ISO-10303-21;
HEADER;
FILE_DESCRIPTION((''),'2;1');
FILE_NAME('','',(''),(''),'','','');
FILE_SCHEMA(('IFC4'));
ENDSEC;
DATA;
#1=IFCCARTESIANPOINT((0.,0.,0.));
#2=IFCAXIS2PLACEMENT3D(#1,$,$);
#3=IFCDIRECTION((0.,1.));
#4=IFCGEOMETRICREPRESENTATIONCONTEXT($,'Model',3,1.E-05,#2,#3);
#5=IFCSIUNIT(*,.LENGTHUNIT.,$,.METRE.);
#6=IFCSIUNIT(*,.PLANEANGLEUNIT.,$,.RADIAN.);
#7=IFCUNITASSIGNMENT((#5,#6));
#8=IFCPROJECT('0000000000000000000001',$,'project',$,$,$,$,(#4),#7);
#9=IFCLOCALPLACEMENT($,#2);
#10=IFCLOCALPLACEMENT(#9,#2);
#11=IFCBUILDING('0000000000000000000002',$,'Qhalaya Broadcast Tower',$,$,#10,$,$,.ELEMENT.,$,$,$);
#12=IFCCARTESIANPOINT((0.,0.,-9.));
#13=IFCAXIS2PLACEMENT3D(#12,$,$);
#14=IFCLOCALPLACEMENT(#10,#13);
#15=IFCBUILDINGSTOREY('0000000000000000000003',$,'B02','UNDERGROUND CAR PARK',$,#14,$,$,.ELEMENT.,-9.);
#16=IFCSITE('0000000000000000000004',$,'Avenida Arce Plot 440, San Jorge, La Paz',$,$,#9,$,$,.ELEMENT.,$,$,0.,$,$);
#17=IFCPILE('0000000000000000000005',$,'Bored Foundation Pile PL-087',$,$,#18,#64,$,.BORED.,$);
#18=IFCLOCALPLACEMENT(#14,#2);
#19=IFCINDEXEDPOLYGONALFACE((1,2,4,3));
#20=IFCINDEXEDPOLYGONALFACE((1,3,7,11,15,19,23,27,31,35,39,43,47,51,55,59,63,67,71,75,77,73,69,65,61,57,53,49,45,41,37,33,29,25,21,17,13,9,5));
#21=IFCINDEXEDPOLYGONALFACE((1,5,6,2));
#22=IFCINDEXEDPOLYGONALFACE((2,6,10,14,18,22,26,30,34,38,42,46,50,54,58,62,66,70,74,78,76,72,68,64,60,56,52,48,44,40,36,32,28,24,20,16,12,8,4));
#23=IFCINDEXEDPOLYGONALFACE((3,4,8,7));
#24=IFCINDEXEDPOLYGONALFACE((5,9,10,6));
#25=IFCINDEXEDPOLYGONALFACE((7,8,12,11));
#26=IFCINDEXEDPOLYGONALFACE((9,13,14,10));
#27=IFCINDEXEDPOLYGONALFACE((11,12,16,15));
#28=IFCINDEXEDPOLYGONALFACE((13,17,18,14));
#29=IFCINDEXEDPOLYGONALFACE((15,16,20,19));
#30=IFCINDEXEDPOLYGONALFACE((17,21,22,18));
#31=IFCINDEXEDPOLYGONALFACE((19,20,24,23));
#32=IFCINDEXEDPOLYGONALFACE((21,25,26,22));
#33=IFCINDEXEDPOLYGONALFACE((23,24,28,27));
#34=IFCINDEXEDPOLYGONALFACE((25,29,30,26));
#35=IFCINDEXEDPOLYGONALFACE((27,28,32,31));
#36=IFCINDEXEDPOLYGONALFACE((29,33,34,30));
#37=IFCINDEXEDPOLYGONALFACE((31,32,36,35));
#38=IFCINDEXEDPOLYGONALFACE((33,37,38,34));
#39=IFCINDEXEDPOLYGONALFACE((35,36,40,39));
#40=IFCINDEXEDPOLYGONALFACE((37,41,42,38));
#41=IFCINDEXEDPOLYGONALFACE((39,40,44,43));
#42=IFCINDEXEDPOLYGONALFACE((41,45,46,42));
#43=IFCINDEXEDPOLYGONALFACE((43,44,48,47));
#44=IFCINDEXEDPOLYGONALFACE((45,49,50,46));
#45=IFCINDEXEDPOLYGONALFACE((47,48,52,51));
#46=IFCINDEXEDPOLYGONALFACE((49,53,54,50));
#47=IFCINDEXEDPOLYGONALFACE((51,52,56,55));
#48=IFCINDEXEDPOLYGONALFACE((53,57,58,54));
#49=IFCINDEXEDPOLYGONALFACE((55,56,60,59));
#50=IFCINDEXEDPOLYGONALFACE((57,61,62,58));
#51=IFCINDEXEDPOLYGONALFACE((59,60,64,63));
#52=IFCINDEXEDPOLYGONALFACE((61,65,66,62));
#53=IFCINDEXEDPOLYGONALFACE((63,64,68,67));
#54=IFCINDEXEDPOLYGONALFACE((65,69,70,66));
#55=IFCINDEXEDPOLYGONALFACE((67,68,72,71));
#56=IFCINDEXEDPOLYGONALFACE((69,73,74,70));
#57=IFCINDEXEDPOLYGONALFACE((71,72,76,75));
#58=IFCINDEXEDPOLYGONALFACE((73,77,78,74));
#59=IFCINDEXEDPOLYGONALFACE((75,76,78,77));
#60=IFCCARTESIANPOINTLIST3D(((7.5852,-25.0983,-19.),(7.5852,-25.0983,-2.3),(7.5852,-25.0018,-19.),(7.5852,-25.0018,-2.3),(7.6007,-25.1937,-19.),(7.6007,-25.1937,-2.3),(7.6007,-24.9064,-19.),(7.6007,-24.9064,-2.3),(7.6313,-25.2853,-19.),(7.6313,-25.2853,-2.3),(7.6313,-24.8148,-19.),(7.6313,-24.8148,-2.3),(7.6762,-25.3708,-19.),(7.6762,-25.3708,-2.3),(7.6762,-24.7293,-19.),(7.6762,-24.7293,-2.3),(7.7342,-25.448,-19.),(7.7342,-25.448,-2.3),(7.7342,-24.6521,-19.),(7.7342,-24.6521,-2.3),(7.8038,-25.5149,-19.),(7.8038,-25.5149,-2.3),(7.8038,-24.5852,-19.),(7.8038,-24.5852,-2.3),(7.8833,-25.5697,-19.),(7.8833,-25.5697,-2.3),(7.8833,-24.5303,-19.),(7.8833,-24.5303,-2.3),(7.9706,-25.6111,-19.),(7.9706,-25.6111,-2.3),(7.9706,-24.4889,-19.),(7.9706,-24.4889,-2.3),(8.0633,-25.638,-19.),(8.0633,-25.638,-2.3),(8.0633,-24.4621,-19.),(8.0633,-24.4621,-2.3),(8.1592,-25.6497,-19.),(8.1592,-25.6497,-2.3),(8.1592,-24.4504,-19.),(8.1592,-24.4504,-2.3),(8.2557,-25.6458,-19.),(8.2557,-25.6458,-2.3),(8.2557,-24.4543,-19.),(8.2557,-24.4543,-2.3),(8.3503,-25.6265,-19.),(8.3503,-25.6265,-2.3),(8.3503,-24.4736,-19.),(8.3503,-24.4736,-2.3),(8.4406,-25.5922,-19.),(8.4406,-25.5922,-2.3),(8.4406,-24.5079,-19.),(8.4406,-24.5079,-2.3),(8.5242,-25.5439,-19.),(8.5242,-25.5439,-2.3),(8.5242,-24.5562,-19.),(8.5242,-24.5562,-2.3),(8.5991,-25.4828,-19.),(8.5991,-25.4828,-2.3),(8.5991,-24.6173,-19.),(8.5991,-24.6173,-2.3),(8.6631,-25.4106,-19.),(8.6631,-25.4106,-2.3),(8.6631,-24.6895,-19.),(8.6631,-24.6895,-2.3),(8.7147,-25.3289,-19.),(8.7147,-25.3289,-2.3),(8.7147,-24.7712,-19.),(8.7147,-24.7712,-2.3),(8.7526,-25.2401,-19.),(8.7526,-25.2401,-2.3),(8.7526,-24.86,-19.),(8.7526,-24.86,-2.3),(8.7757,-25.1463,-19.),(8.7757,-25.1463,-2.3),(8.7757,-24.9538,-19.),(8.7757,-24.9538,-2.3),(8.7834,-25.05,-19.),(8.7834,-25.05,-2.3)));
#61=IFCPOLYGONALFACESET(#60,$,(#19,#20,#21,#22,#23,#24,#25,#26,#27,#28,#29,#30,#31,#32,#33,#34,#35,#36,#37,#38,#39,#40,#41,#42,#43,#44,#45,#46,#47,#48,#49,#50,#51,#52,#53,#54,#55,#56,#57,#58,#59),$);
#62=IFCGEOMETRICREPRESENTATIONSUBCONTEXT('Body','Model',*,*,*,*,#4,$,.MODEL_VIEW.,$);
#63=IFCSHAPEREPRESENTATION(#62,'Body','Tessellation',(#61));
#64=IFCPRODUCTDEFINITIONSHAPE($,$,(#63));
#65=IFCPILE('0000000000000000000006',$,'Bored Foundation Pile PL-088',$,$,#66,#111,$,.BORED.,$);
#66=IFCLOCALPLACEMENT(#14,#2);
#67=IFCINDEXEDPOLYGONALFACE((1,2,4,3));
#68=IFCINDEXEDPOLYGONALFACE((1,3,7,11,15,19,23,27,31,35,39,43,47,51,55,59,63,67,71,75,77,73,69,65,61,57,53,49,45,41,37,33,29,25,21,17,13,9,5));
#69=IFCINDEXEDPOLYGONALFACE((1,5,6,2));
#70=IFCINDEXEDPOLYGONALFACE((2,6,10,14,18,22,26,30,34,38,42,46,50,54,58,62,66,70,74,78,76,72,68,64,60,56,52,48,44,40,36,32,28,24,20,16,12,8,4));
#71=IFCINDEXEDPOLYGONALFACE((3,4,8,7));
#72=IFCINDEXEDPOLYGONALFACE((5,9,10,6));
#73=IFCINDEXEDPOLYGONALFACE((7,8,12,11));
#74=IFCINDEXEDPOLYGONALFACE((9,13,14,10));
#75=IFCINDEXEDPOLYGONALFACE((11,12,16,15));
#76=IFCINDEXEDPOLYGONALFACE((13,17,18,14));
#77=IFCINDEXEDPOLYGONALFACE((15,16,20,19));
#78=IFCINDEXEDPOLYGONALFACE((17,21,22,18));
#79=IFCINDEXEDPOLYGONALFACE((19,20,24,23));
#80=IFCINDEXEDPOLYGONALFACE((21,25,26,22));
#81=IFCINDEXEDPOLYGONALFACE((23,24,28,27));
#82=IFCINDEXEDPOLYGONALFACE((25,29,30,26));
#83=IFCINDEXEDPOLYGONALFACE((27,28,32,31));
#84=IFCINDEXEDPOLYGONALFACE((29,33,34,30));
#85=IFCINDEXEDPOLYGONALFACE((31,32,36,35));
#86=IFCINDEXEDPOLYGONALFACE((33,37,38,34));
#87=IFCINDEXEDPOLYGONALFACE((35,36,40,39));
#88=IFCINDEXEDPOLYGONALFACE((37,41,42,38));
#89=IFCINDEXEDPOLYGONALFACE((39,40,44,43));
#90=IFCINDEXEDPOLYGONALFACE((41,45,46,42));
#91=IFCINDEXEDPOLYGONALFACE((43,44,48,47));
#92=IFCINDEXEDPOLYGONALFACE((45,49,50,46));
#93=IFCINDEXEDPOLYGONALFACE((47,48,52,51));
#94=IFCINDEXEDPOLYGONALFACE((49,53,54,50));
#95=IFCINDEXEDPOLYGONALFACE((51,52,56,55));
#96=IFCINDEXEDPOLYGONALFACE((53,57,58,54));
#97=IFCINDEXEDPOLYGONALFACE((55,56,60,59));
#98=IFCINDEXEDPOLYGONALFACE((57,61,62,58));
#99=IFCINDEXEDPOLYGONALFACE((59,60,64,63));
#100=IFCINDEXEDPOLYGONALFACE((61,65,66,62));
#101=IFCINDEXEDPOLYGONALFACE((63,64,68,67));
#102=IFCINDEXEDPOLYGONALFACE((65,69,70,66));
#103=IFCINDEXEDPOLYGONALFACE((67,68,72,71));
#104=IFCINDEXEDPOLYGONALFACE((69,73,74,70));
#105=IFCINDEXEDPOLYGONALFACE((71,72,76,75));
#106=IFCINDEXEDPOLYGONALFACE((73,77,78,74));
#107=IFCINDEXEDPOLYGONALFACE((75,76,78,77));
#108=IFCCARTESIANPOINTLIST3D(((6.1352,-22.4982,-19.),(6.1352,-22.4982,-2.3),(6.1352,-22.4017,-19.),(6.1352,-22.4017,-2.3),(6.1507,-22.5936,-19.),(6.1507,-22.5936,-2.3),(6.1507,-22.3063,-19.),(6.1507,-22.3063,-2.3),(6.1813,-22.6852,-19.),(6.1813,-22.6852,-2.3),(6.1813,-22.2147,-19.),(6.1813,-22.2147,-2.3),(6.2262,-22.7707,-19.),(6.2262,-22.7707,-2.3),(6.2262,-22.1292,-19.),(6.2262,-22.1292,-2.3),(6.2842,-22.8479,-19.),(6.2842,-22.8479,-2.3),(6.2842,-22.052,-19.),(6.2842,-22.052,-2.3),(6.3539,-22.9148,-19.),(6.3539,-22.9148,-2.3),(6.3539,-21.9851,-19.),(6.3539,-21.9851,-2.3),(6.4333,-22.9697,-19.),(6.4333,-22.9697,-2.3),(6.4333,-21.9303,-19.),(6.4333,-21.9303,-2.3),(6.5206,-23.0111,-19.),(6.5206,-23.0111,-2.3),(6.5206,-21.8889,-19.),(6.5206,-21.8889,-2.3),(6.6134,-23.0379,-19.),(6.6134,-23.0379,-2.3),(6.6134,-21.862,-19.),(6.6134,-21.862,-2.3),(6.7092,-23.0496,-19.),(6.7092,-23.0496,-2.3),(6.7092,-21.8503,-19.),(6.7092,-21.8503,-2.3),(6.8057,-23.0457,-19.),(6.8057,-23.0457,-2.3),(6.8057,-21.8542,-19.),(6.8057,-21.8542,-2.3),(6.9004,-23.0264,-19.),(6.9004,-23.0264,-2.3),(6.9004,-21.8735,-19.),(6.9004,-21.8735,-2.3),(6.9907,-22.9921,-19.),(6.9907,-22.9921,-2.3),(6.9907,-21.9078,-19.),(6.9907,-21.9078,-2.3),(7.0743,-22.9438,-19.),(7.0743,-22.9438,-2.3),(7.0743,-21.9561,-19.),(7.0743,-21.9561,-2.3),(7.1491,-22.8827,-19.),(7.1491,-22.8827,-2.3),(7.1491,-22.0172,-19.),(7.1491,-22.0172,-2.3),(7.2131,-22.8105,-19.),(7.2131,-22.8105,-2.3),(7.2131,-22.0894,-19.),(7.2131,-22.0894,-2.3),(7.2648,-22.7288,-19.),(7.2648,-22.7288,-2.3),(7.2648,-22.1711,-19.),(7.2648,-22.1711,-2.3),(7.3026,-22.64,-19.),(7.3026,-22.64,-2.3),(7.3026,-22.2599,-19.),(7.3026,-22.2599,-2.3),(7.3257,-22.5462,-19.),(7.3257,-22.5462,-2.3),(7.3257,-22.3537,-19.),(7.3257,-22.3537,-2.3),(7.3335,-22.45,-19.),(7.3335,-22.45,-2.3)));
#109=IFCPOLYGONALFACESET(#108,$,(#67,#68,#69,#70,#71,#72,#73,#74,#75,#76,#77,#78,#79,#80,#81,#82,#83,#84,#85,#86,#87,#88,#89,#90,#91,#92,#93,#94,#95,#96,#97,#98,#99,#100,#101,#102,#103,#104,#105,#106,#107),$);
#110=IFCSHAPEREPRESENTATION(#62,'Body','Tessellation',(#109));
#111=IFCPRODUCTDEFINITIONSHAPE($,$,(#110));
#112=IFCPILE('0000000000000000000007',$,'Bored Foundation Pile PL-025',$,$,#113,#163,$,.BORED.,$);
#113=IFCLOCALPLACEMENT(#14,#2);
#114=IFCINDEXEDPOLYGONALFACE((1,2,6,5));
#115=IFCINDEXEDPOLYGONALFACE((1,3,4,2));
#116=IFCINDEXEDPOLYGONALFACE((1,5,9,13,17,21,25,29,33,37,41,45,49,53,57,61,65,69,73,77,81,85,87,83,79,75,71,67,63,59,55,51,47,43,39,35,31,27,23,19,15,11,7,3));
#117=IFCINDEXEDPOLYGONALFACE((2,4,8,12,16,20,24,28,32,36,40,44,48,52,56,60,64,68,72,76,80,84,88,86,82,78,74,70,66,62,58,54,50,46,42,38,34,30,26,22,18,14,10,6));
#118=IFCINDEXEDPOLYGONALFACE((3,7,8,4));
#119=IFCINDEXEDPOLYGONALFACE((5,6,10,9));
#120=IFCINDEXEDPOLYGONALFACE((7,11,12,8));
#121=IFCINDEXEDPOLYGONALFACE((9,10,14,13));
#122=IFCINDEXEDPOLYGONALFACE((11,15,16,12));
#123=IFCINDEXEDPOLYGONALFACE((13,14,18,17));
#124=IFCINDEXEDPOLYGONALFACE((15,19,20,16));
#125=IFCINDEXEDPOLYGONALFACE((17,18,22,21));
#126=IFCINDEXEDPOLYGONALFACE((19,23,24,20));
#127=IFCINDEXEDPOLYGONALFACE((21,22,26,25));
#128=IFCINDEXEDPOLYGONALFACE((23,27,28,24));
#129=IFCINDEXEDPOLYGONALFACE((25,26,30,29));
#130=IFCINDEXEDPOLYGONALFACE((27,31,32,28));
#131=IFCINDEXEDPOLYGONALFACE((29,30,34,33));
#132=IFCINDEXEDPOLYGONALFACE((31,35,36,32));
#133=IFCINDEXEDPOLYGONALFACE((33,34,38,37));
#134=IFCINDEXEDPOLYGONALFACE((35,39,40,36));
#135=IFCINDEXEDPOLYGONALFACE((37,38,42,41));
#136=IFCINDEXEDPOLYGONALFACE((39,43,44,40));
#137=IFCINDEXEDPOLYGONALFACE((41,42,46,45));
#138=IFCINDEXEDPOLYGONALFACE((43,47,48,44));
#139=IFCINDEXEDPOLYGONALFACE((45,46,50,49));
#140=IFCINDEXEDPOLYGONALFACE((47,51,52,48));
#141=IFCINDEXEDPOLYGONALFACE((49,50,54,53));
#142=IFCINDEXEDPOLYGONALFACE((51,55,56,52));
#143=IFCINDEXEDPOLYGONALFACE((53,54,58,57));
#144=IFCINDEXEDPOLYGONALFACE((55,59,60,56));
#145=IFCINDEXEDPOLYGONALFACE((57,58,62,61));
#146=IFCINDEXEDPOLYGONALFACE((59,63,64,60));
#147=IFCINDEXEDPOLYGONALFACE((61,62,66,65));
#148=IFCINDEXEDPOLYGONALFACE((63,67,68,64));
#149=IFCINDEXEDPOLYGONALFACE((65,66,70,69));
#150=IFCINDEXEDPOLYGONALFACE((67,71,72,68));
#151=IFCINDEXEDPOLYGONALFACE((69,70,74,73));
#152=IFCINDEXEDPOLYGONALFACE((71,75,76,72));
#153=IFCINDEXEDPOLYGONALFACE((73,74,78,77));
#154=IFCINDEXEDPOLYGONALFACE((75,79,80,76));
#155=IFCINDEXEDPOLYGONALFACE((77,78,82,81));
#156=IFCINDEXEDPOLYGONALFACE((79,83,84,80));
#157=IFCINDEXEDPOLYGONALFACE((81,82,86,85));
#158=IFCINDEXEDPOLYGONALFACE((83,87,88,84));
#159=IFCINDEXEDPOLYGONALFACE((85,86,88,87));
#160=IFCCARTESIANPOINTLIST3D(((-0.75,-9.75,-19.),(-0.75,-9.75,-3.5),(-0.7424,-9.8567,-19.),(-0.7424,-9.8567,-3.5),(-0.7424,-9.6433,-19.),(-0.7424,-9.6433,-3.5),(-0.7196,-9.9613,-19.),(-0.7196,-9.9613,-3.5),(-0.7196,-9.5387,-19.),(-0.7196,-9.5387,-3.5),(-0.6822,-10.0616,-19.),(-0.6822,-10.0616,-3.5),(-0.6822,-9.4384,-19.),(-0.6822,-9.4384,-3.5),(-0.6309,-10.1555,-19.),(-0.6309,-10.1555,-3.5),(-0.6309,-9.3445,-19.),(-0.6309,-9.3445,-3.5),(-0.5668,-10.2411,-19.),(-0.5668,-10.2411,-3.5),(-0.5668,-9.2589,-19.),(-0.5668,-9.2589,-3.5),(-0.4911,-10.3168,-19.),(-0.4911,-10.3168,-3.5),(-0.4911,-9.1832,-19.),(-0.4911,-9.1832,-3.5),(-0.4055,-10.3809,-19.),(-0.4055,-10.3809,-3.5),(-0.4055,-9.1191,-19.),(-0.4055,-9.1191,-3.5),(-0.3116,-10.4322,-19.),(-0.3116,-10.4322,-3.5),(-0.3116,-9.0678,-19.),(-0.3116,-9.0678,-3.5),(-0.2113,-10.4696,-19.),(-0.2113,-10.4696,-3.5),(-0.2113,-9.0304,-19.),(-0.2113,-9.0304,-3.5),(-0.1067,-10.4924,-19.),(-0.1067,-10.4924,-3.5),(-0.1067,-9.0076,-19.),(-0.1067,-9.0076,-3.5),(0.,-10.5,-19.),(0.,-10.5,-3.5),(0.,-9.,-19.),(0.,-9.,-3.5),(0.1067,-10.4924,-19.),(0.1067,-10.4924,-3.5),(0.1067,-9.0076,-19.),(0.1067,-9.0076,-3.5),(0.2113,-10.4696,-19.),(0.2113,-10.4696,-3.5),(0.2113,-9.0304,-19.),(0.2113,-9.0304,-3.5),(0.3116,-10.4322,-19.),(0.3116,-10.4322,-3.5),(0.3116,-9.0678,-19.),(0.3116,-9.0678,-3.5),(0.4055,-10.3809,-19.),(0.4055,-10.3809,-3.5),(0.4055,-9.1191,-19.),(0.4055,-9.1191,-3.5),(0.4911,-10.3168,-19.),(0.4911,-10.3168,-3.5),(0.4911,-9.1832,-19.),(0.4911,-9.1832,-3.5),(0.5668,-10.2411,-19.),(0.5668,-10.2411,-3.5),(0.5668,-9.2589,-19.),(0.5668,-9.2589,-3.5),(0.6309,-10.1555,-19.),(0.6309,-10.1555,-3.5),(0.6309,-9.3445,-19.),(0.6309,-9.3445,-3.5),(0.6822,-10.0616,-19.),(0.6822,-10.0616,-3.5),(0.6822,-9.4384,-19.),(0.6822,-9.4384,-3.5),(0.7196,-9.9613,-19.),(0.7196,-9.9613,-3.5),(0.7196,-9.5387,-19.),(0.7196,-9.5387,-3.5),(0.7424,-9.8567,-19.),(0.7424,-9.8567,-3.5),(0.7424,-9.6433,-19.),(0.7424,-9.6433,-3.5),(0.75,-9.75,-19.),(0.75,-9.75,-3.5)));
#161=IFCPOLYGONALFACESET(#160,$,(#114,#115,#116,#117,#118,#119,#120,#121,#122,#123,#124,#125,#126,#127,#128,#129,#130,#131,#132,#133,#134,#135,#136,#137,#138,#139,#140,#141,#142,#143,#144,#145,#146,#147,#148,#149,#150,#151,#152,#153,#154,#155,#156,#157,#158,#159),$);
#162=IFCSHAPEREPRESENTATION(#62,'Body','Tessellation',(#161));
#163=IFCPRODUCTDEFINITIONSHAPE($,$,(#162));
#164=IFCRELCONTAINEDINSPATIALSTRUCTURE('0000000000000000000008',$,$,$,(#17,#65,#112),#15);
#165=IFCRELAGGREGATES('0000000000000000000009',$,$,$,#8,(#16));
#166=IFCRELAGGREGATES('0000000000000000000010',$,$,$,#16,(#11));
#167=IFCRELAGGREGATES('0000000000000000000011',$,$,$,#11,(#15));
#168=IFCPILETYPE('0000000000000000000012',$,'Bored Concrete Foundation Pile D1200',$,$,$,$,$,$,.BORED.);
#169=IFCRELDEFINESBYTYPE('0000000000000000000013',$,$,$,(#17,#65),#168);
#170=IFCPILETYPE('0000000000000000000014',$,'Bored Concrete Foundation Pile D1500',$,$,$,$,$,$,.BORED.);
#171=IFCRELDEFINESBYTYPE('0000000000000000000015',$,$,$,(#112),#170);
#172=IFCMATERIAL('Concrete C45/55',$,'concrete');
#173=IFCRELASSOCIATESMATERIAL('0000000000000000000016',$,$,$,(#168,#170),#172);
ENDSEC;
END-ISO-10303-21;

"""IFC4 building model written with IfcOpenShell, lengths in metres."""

from ifc_helpers import new_model, si_unit, direction, frame, origin, origin_2d, place, context, subcontext, project, spatial, circle, extrude, material, material_profile, profile_set, type_object, element, save


model = new_model("IFC4")

# Units and contexts
model_context = context("Model", 3, precision=1e-05, world=origin(), true_north=direction((0.0, 1.0)))
body_context = subcontext(model_context, "Body", "Model", "MODEL_VIEW")
ifc_project = project(units=[si_unit("LENGTHUNIT", "METRE"), si_unit("PLANEANGLEUNIT", "RADIAN")], contexts=[model_context])

# Site, building, storey
site_placement = place(None, origin())
site = spatial("IfcSite", under=ifc_project, at=site_placement, Name="Avenida Arce Plot 440, San Jorge, La Paz", CompositionType="ELEMENT", RefElevation=0.0)
building_placement = place(site_placement, origin())
building = spatial("IfcBuilding", under=site, at=building_placement, Name="Qhalaya Broadcast Tower", CompositionType="ELEMENT")
storey_placement = place(building_placement, frame((0.0, 0.0, -9.0)))
storey = spatial("IfcBuildingStorey", under=building, at=storey_placement, Name="B02", Description="UNDERGROUND CAR PARK", CompositionType="ELEMENT", Elevation=-9.0)

# Piles
ifc_material_1 = material(Name="Concrete C45/55", Category="concrete")
ifc_material_profile_1 = material_profile(ifc_material_1, circle(Radius=0.6001, at=origin_2d()), Name="PILE D1200")
ifc_profile_set_1 = profile_set([ifc_material_profile_1], Name="Concrete C45/55")
pile_type_1 = type_object("IfcPileType", Name="Bored Concrete Foundation Pile D1200", PredefinedType="BORED", material=ifc_profile_set_1)
for number, where, z_axis, x_axis, name in (
    (1, (8.1833, -25.05, -2.3), (0.0, 0.0, -1.0), (1.0, 0.0, 0.0), "Bored Foundation Pile PL-087"),
    (2, (6.7334, -22.45, -2.3), (0.0, 0.0, -1.0), (1.0, 0.0, 0.0), "Bored Foundation Pile PL-088"),
):
    element("IfcPile", number, at=place(storey_placement, frame(where, z_axis=z_axis, x_axis=x_axis)), inside=storey, type_object=pile_type_1, Name=name, PredefinedType="BORED", context=body_context, shape_type="SweptSolid", body=[
        extrude(circle(Radius=0.6001, at=origin_2d()), origin(), (0.0, 0.0, 1.0), 16.7),
    ])
ifc_material_profile_2 = material_profile(ifc_material_1, circle(Radius=0.75, at=origin_2d()), Name="PILE D1500")
ifc_profile_set_2 = profile_set([ifc_material_profile_2], Name="Concrete C45/55")
pile_type_2 = type_object("IfcPileType", Name="Bored Concrete Foundation Pile D1500", PredefinedType="BORED", material=ifc_profile_set_2)
for number, where, z_axis, x_axis, name in (
    (3, (0.0, -9.75, -3.5), (0.0, 0.0, -1.0), (1.0, 0.0, 0.0), "Bored Foundation Pile PL-025"),
):
    element("IfcPile", number, at=place(storey_placement, frame(where, z_axis=z_axis, x_axis=x_axis)), inside=storey, type_object=pile_type_2, Name=name, PredefinedType="BORED", context=body_context, shape_type="SweptSolid", body=[
        extrude(circle(Radius=0.75, at=origin_2d()), origin(), (0.0, 0.0, 1.0), 15.5),
    ])

save(model, "model.ifc")
